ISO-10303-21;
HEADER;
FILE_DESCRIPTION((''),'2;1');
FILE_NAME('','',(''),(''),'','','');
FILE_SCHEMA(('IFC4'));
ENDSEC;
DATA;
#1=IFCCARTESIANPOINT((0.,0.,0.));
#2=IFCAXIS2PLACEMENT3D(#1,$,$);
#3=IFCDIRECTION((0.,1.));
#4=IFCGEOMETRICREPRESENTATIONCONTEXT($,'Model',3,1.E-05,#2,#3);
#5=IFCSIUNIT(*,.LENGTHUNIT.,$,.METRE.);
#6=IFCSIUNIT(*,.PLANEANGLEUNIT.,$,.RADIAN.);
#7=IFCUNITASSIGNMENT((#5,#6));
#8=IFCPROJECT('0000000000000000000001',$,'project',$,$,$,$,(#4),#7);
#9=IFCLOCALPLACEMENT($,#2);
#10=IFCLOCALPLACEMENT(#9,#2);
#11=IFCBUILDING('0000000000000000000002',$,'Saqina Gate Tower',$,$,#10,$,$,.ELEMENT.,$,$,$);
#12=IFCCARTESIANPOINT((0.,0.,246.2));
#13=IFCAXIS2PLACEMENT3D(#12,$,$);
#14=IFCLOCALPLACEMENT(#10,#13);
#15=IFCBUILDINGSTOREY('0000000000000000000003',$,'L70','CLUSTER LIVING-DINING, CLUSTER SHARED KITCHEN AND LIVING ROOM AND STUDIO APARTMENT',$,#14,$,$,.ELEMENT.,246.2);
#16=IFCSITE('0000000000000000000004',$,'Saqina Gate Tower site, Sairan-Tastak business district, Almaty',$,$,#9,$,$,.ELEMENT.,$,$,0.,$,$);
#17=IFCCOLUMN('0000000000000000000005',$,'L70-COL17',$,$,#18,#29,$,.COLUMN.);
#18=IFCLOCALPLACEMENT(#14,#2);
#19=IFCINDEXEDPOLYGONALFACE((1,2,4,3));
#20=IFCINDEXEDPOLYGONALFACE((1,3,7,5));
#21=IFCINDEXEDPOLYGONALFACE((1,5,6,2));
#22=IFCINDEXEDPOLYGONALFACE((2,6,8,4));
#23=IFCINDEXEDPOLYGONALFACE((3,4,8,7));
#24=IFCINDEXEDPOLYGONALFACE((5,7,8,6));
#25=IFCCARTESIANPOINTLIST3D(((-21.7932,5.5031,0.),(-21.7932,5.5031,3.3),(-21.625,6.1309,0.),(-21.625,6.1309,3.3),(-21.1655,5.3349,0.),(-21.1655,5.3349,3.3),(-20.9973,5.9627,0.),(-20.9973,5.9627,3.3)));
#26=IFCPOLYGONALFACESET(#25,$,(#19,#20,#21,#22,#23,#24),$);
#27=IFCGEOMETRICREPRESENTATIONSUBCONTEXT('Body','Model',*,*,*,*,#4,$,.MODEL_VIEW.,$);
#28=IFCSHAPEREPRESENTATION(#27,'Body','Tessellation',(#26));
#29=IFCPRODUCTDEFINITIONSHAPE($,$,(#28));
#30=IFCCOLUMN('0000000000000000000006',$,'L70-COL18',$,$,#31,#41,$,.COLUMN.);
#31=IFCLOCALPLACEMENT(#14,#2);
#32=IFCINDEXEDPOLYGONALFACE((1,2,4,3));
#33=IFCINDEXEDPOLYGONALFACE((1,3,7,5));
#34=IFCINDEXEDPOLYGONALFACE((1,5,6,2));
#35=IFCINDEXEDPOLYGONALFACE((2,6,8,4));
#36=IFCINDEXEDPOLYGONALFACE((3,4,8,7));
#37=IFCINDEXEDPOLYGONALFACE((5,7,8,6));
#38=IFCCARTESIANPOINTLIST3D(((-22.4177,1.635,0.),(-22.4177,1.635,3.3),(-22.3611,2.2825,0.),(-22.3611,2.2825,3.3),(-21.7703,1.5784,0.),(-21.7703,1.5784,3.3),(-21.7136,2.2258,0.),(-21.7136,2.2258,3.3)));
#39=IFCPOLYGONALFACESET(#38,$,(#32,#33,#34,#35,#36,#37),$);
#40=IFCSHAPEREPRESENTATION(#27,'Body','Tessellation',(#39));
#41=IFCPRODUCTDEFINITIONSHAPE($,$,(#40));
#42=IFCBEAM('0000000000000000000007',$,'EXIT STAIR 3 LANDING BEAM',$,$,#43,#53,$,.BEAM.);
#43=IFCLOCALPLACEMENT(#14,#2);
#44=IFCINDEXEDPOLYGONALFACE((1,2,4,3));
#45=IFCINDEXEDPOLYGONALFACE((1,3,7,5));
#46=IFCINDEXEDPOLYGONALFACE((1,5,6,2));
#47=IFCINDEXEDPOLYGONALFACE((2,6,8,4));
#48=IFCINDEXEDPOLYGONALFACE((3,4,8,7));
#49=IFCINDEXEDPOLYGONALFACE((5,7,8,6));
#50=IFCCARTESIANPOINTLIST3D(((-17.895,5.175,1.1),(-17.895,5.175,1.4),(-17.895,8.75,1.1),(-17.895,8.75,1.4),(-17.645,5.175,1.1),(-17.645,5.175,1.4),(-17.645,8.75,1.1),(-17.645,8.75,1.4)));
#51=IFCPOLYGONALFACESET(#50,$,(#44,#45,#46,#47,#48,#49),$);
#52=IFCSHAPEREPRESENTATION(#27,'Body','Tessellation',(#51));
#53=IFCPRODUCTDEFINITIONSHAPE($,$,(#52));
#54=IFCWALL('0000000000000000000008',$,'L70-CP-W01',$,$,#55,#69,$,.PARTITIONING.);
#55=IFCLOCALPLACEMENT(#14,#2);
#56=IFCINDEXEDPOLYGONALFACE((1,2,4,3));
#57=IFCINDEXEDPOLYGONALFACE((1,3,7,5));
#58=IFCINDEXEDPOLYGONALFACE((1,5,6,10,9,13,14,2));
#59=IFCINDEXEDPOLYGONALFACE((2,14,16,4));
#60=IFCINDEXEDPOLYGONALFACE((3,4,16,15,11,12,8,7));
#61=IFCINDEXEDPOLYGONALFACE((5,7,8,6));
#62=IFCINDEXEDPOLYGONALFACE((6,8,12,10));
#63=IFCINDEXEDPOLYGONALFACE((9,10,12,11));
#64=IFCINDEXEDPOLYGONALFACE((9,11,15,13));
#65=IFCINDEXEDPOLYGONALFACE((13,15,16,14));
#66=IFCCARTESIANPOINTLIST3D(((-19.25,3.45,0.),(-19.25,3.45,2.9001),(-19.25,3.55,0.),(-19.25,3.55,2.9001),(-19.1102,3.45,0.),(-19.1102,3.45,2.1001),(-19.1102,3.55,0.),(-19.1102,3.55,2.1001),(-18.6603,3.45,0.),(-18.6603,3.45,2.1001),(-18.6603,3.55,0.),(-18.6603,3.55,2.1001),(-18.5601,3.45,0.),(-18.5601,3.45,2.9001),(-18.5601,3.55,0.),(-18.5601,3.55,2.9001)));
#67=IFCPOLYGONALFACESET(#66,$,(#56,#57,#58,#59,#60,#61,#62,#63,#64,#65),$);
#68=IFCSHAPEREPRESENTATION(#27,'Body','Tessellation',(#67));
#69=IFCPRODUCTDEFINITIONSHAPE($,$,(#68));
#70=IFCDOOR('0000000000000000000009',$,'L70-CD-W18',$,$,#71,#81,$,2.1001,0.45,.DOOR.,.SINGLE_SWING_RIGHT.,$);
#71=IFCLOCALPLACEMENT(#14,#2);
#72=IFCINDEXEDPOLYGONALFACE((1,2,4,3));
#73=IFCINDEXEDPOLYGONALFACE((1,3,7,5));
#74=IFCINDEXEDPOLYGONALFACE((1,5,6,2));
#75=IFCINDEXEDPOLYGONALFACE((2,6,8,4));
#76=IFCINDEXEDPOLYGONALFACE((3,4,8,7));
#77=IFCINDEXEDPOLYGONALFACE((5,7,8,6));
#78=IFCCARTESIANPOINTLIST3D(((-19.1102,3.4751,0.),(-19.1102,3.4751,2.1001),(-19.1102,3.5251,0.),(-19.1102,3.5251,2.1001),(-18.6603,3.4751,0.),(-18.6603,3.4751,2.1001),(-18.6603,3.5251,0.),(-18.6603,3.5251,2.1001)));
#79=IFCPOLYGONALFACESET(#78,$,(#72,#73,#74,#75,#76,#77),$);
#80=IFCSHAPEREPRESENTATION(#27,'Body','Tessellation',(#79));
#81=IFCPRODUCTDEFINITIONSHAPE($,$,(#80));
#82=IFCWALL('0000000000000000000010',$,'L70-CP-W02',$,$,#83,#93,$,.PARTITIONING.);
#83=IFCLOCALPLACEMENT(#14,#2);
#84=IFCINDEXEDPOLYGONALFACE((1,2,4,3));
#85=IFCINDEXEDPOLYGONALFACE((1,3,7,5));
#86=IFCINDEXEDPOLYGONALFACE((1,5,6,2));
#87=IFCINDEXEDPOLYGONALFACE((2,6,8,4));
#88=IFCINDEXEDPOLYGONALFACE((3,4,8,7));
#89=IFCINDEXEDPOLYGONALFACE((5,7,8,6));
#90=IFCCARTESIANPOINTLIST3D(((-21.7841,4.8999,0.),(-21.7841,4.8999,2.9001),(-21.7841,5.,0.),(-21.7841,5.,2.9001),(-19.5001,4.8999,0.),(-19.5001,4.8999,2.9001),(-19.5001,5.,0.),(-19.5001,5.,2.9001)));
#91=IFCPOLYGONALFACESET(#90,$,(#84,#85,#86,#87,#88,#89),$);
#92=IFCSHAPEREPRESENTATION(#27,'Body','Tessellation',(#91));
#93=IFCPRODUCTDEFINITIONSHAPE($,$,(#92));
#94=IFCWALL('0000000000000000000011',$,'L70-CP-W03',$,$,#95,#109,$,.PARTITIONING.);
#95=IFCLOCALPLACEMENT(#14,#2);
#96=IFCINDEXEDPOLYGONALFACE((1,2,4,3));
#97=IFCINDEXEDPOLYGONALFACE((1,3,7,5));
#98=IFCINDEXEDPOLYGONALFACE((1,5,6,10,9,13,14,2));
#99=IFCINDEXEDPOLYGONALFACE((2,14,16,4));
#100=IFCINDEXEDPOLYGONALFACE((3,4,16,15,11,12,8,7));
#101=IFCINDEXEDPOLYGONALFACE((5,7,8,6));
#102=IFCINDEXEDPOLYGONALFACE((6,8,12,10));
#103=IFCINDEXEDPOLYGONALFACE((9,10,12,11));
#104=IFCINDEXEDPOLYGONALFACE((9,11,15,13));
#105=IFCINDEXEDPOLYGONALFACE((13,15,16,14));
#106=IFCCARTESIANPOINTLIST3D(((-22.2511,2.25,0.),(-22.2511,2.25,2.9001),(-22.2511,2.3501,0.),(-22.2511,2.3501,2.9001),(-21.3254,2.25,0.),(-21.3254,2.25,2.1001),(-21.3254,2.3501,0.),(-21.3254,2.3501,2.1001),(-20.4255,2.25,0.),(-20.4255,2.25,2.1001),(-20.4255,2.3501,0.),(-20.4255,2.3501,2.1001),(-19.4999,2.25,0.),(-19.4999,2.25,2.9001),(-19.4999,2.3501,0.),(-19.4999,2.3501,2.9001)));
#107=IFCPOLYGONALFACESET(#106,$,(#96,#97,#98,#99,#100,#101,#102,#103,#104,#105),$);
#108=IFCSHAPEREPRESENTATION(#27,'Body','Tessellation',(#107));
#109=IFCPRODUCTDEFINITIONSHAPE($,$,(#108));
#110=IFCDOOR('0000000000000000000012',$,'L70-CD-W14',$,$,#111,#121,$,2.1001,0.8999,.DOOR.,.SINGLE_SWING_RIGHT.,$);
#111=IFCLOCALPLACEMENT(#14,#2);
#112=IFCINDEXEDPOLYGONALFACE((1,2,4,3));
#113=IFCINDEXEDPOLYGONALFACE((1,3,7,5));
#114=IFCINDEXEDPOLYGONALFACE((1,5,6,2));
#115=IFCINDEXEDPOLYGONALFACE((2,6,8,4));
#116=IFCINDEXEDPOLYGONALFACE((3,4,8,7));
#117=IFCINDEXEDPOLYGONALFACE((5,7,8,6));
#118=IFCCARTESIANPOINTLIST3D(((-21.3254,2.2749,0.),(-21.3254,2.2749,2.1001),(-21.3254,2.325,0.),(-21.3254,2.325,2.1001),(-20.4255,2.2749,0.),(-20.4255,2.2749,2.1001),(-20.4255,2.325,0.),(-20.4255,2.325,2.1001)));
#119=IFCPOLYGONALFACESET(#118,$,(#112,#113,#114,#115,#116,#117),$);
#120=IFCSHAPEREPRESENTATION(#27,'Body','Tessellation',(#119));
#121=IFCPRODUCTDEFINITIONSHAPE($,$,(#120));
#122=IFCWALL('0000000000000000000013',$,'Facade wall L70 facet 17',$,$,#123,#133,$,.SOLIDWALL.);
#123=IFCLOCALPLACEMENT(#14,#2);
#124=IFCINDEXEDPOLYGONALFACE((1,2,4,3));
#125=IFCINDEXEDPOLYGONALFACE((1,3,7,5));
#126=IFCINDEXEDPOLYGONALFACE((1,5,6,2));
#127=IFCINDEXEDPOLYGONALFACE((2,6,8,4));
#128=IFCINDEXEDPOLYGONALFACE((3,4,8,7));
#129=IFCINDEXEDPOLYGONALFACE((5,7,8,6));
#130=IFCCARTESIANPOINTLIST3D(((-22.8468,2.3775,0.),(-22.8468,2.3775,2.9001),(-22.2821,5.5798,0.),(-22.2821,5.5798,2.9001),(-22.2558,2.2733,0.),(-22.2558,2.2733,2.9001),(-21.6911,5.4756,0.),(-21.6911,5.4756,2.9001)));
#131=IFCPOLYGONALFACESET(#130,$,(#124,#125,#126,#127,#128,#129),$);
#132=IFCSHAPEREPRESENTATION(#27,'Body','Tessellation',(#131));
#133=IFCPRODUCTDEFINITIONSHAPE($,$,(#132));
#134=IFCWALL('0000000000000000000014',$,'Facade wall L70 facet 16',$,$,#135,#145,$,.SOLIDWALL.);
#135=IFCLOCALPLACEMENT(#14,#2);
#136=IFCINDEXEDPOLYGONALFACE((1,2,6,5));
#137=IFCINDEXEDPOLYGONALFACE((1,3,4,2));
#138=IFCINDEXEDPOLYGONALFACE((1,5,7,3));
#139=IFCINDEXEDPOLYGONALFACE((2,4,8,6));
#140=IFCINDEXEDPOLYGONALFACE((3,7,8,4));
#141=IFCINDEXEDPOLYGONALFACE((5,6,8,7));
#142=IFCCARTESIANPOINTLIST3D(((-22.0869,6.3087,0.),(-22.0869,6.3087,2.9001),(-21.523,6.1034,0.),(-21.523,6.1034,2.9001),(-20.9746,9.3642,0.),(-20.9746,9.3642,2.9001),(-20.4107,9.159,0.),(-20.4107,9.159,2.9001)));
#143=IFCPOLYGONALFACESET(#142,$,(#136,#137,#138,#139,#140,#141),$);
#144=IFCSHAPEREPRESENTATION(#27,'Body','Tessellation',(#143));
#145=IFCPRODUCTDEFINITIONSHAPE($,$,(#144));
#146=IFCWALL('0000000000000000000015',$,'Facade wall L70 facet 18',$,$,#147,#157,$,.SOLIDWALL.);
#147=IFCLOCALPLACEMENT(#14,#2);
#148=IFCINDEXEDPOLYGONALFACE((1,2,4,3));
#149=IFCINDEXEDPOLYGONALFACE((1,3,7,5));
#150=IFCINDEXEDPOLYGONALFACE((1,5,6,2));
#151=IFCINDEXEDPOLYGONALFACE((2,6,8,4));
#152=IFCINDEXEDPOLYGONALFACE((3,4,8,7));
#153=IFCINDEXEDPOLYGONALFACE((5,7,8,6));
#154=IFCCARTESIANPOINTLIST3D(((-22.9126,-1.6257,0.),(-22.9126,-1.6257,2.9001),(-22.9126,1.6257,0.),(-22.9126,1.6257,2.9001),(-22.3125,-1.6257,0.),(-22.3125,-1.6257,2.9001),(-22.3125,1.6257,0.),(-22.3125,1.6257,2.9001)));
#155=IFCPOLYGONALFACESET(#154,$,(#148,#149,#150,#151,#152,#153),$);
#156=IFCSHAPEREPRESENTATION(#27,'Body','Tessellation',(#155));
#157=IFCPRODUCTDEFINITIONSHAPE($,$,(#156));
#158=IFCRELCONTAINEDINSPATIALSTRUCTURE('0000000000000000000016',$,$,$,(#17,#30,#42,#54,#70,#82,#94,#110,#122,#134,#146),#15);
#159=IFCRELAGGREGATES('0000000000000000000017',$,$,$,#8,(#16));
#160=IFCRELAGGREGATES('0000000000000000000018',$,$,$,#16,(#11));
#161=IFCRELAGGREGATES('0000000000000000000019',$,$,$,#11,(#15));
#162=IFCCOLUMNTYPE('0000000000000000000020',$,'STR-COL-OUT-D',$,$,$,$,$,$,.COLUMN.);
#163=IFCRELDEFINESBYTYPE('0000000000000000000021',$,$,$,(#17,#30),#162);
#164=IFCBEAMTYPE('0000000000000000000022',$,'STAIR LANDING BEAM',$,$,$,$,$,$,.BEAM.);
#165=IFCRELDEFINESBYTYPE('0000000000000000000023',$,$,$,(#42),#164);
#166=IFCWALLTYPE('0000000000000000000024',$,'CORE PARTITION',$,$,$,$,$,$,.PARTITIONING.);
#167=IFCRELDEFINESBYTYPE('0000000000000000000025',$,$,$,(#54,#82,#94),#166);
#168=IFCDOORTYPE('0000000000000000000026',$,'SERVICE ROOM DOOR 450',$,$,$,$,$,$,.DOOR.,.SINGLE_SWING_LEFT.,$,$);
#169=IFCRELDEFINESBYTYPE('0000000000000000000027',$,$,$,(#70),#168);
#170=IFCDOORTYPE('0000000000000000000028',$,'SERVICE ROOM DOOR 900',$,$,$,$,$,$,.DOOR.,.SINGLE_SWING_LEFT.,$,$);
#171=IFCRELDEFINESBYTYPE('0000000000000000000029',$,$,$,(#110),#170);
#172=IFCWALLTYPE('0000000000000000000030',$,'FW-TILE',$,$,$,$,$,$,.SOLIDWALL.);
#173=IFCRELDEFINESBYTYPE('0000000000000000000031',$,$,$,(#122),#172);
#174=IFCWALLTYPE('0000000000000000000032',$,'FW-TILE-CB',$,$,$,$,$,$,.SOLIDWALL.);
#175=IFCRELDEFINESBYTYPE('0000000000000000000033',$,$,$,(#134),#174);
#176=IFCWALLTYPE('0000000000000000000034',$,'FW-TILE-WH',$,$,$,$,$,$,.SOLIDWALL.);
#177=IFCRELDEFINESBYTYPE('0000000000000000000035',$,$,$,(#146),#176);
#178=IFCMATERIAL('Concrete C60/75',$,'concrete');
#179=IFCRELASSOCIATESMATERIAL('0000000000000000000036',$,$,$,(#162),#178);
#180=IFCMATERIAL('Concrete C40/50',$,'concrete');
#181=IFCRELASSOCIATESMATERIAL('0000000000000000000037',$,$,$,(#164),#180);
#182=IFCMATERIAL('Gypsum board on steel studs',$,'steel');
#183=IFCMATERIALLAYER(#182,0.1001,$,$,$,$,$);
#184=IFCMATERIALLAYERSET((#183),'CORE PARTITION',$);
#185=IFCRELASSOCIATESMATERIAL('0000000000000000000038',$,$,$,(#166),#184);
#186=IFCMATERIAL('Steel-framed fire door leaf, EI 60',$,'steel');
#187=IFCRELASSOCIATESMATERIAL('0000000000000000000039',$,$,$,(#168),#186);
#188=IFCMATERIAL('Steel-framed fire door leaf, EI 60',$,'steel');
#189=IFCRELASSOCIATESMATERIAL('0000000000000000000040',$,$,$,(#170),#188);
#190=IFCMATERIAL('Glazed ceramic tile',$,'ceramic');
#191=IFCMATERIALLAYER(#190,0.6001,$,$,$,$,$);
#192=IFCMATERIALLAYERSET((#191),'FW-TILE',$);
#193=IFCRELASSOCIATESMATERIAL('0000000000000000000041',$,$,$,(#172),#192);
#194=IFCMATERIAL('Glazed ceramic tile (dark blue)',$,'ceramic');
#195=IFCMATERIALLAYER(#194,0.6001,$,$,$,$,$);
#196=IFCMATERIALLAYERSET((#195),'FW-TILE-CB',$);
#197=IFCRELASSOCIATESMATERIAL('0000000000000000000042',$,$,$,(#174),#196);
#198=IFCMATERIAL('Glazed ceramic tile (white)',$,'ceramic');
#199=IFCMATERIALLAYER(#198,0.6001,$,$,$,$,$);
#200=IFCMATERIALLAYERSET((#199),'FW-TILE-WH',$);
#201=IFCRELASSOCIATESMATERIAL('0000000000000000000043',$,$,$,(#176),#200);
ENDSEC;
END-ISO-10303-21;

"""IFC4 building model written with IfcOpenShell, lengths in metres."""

from ifc_helpers import new_model, si_unit, direction, frame, frame_2d, origin, origin_2d, place, context, subcontext, project, spatial, rectangle, extrude, material, layer, layer_set, material_profile, profile_set, type_object, element, fill, save


model = new_model("IFC4")

# Units and contexts
model_context = context("Model", 3, precision=1e-05, world=origin(), true_north=direction((0.0, 1.0)))
body_context = subcontext(model_context, "Body", "Model", "MODEL_VIEW")
ifc_project = project(units=[si_unit("LENGTHUNIT", "METRE"), si_unit("PLANEANGLEUNIT", "RADIAN")], contexts=[model_context])

# Site, building, storey
site_placement = place(None, origin())
site = spatial("IfcSite", under=ifc_project, at=site_placement, Name="Saqina Gate Tower site, Sairan-Tastak business district, Almaty", CompositionType="ELEMENT", RefElevation=0.0)
building_placement = place(site_placement, origin())
building = spatial("IfcBuilding", under=site, at=building_placement, Name="Saqina Gate Tower", CompositionType="ELEMENT")
storey_placement = place(building_placement, frame((0.0, 0.0, 246.2)))
storey = spatial("IfcBuildingStorey", under=building, at=storey_placement, Name="L70", Description="CLUSTER LIVING-DINING, CLUSTER SHARED KITCHEN AND LIVING ROOM AND STUDIO APARTMENT", CompositionType="ELEMENT", Elevation=246.2)

# Columns
ifc_material_1 = material(Name="Concrete C60/75", Category="concrete")
ifc_material_profile_1 = material_profile(ifc_material_1, rectangle(XDim=0.6499, YDim=0.6499, at=origin_2d()), Name="RC 650x650")
ifc_profile_set_1 = profile_set([ifc_material_profile_1], Name="Concrete C60/75")
column_type = type_object("IfcColumnType", Name="STR-COL-OUT-D", PredefinedType="COLUMN", material=ifc_profile_set_1)
for number, where, z_axis, x_axis, name in (
    (1, (-21.3953, 5.7329, 0.0), (0.0, 0.0, 1.0), (-0.965926, 0.258819, 0.0), "L70-COL17"),
    (2, (-22.0657, 1.9304, 0.0), (0.0, 0.0, 1.0), (-0.996195, 0.087156, 0.0), "L70-COL18"),
):
    element("IfcColumn", number, at=place(storey_placement, frame(where, z_axis=z_axis, x_axis=x_axis)), inside=storey, type_object=column_type, Name=name, PredefinedType="COLUMN", context=body_context, shape_type="SweptSolid", body=[
        extrude(rectangle(XDim=0.6499, YDim=0.6499, at=origin_2d()), origin(), (0.0, 0.0, 1.0), 3.3),
    ])

# Beam
ifc_material_2 = material(Name="Concrete C40/50", Category="concrete")
ifc_material_profile_2 = material_profile(ifc_material_2, rectangle(XDim=0.25, YDim=0.3, at=origin_2d()), Name="STAIR LANDING BEAM")
ifc_profile_set_2 = profile_set([ifc_material_profile_2], Name="Concrete C40/50")
beam_type = type_object("IfcBeamType", Name="STAIR LANDING BEAM", PredefinedType="BEAM", material=ifc_profile_set_2)
beam_placement = place(storey_placement, frame((-17.77, 5.175, 1.25), z_axis=(0.0, 1.0, 0.0), x_axis=(-1.0, 0.0, 0.0)))
element("IfcBeam", 3, at=beam_placement, inside=storey, type_object=beam_type, Name="EXIT STAIR 3 LANDING BEAM", PredefinedType="BEAM", context=body_context, shape_type="SweptSolid", body=[
    extrude(rectangle(XDim=0.25, YDim=0.3, at=origin_2d()), origin(), (0.0, 0.0, 1.0), 3.575),
])

# Wall, opening, door
ifc_material_3 = material(Name="Gypsum board on steel studs", Category="steel")
ifc_layer_1 = layer(ifc_material_3, 0.1001)
ifc_layer_set_1 = layer_set([ifc_layer_1], Name="CORE PARTITION")
wall_type_1 = type_object("IfcWallType", Name="CORE PARTITION", PredefinedType="PARTITIONING", material=ifc_layer_set_1)
wall_1_placement = place(storey_placement, frame((-18.5601, 3.5, 0.0), z_axis=(0.0, 0.0, 1.0), x_axis=(-1.0, 0.0, 0.0)))
wall_1 = element("IfcWall", 4, at=wall_1_placement, inside=storey, type_object=wall_type_1, Name="L70-CP-W01", PredefinedType="PARTITIONING", context=body_context, shape_type="SweptSolid", body=[
    extrude(rectangle(XDim=0.6899, YDim=0.1001, at=frame_2d((0.345, 0.0))), origin(), (0.0, 0.0, 1.0), 2.9001),
])
opening_1_placement = place(wall_1_placement, frame((0.1001, 0.0, 0.0)))
opening_1 = element("IfcOpeningElement", 5, at=opening_1_placement, cuts=wall_1, PredefinedType="OPENING", context=body_context, shape_type="SweptSolid", body=[
    extrude(rectangle(XDim=0.45, YDim=2.1001, at=frame_2d((0.2251, 1.05))), frame((0.0, 0.062, 0.0), z_axis=(0.0, -1.0, 0.0), x_axis=(1.0, 0.0, 0.0)), (0.0, 0.0, 1.0), 0.124),
])
ifc_material_4 = material(Name="Steel-framed fire door leaf, EI 60", Category="steel")
door_type_1 = type_object("IfcDoorType", Name="SERVICE ROOM DOOR 450", OperationType="SINGLE_SWING_LEFT", PredefinedType="DOOR", material=ifc_material_4)
door_1_placement = place(opening_1_placement, origin())
door_1 = element("IfcDoor", 6, at=door_1_placement, inside=storey, type_object=door_type_1, Name="L70-CD-W18", OperationType="SINGLE_SWING_RIGHT", OverallHeight=2.1001, OverallWidth=0.45, PredefinedType="DOOR", context=body_context, shape_type="SweptSolid", body=[
    extrude(rectangle(XDim=0.45, YDim=2.1001, at=frame_2d((0.2251, 1.05))), frame((0.0, 0.0249, 0.0), z_axis=(0.0, -1.0, 0.0), x_axis=(1.0, 0.0, 0.0)), (0.0, 0.0, 1.0), 0.05),
])
fill(opening_1, door_1)

# Wall
wall_2_placement = place(storey_placement, frame((-19.5, 4.95, 0.0), z_axis=(0.0, 0.0, 1.0), x_axis=(-1.0, 0.0, 0.0)))
element("IfcWall", 7, at=wall_2_placement, inside=storey, type_object=wall_type_1, Name="L70-CP-W02", PredefinedType="PARTITIONING", context=body_context, shape_type="SweptSolid", body=[
    extrude(rectangle(XDim=2.2839, YDim=0.1001, at=frame_2d((1.1421, 0.0))), origin(), (0.0, 0.0, 1.0), 2.9001),
])

# Wall, opening, door
wall_3_placement = place(storey_placement, frame((-19.5, 2.3, 0.0), z_axis=(0.0, 0.0, 1.0), x_axis=(-1.0, 0.0, 0.0)))
wall_3 = element("IfcWall", 8, at=wall_3_placement, inside=storey, type_object=wall_type_1, Name="L70-CP-W03", PredefinedType="PARTITIONING", context=body_context, shape_type="SweptSolid", body=[
    extrude(rectangle(XDim=2.7512, YDim=0.1001, at=frame_2d((1.3755, 0.0))), origin(), (0.0, 0.0, 1.0), 2.9001),
])
opening_2_placement = place(wall_3_placement, frame((0.9255, 0.0, 0.0)))
opening_2 = element("IfcOpeningElement", 9, at=opening_2_placement, cuts=wall_3, PredefinedType="OPENING", context=body_context, shape_type="SweptSolid", body=[
    extrude(rectangle(XDim=0.8999, YDim=2.1001, at=frame_2d((0.45, 1.05))), frame((0.0, 0.062, 0.0), z_axis=(0.0, -1.0, 0.0), x_axis=(1.0, 0.0, 0.0)), (0.0, 0.0, 1.0), 0.124),
])
ifc_material_5 = material(Name="Steel-framed fire door leaf, EI 60", Category="steel")
door_type_2 = type_object("IfcDoorType", Name="SERVICE ROOM DOOR 900", OperationType="SINGLE_SWING_LEFT", PredefinedType="DOOR", material=ifc_material_5)
door_2_placement = place(opening_2_placement, frame((0.8999, 0.0, 0.0), z_axis=(0.0, 0.0, 1.0), x_axis=(-1.0, 0.0, 0.0)))
door_2 = element("IfcDoor", 10, at=door_2_placement, inside=storey, type_object=door_type_2, Name="L70-CD-W14", OperationType="SINGLE_SWING_RIGHT", OverallHeight=2.1001, OverallWidth=0.8999, PredefinedType="DOOR", context=body_context, shape_type="SweptSolid", body=[
    extrude(rectangle(XDim=0.8999, YDim=2.1001, at=frame_2d((0.45, 1.05))), frame((0.0, 0.0249, 0.0), z_axis=(0.0, -1.0, 0.0), x_axis=(1.0, 0.0, 0.0)), (0.0, 0.0, 1.0), 0.05),
])
fill(opening_2, door_2)

# Walls
ifc_material_6 = material(Name="Glazed ceramic tile", Category="ceramic")
ifc_layer_2 = layer(ifc_material_6, 0.6001)
ifc_layer_set_2 = layer_set([ifc_layer_2], Name="FW-TILE")
wall_type_2 = type_object("IfcWallType", Name="FW-TILE", PredefinedType="SOLIDWALL", material=ifc_layer_set_2)
wall_4_placement = place(storey_placement, frame((-21.9866, 5.5278, 0.0), z_axis=(0.0, 0.0, 1.0), x_axis=(-0.173657, -0.984806, 0.0)))
element("IfcWall", 11, at=wall_4_placement, inside=storey, type_object=wall_type_2, Name="Facade wall L70 facet 17", PredefinedType="SOLIDWALL", context=body_context, shape_type="SweptSolid", body=[
    extrude(rectangle(XDim=3.2517, YDim=0.6001, at=frame_2d((1.626, 0.0))), origin(), (0.0, 0.0, 1.0), 2.9001),
])
ifc_material_7 = material(Name="Glazed ceramic tile (dark blue)", Category="ceramic")
ifc_layer_3 = layer(ifc_material_7, 0.6001)
ifc_layer_set_3 = layer_set([ifc_layer_3], Name="FW-TILE-CB")
wall_type_3 = type_object("IfcWallType", Name="FW-TILE-CB", PredefinedType="SOLIDWALL", material=ifc_layer_set_3)
wall_5_placement = place(storey_placement, frame((-20.6926, 9.2617, 0.0), z_axis=(0.0, 0.0, 1.0), x_axis=(-0.342057, -0.939679, 0.0)))
element("IfcWall", 12, at=wall_5_placement, inside=storey, type_object=wall_type_3, Name="Facade wall L70 facet 16", PredefinedType="SOLIDWALL", context=body_context, shape_type="SweptSolid", body=[
    extrude(rectangle(XDim=3.2517, YDim=0.6001, at=frame_2d((1.626, 0.0))), origin(), (0.0, 0.0, 1.0), 2.9001),
])
ifc_material_8 = material(Name="Glazed ceramic tile (white)", Category="ceramic")
ifc_layer_4 = layer(ifc_material_8, 0.6001)
ifc_layer_set_4 = layer_set([ifc_layer_4], Name="FW-TILE-WH")
wall_type_4 = type_object("IfcWallType", Name="FW-TILE-WH", PredefinedType="SOLIDWALL", material=ifc_layer_set_4)
wall_6_placement = place(storey_placement, frame((-22.6125, 1.6257, 0.0), z_axis=(0.0, 0.0, 1.0), x_axis=(0.0, -1.0, 0.0)))
element("IfcWall", 13, at=wall_6_placement, inside=storey, type_object=wall_type_4, Name="Facade wall L70 facet 18", PredefinedType="SOLIDWALL", context=body_context, shape_type="SweptSolid", body=[
    extrude(rectangle(XDim=3.2515, YDim=0.6001, at=frame_2d((1.6257, 0.0))), origin(), (0.0, 0.0, 1.0), 2.9001),
])

save(model, "model.ifc")
